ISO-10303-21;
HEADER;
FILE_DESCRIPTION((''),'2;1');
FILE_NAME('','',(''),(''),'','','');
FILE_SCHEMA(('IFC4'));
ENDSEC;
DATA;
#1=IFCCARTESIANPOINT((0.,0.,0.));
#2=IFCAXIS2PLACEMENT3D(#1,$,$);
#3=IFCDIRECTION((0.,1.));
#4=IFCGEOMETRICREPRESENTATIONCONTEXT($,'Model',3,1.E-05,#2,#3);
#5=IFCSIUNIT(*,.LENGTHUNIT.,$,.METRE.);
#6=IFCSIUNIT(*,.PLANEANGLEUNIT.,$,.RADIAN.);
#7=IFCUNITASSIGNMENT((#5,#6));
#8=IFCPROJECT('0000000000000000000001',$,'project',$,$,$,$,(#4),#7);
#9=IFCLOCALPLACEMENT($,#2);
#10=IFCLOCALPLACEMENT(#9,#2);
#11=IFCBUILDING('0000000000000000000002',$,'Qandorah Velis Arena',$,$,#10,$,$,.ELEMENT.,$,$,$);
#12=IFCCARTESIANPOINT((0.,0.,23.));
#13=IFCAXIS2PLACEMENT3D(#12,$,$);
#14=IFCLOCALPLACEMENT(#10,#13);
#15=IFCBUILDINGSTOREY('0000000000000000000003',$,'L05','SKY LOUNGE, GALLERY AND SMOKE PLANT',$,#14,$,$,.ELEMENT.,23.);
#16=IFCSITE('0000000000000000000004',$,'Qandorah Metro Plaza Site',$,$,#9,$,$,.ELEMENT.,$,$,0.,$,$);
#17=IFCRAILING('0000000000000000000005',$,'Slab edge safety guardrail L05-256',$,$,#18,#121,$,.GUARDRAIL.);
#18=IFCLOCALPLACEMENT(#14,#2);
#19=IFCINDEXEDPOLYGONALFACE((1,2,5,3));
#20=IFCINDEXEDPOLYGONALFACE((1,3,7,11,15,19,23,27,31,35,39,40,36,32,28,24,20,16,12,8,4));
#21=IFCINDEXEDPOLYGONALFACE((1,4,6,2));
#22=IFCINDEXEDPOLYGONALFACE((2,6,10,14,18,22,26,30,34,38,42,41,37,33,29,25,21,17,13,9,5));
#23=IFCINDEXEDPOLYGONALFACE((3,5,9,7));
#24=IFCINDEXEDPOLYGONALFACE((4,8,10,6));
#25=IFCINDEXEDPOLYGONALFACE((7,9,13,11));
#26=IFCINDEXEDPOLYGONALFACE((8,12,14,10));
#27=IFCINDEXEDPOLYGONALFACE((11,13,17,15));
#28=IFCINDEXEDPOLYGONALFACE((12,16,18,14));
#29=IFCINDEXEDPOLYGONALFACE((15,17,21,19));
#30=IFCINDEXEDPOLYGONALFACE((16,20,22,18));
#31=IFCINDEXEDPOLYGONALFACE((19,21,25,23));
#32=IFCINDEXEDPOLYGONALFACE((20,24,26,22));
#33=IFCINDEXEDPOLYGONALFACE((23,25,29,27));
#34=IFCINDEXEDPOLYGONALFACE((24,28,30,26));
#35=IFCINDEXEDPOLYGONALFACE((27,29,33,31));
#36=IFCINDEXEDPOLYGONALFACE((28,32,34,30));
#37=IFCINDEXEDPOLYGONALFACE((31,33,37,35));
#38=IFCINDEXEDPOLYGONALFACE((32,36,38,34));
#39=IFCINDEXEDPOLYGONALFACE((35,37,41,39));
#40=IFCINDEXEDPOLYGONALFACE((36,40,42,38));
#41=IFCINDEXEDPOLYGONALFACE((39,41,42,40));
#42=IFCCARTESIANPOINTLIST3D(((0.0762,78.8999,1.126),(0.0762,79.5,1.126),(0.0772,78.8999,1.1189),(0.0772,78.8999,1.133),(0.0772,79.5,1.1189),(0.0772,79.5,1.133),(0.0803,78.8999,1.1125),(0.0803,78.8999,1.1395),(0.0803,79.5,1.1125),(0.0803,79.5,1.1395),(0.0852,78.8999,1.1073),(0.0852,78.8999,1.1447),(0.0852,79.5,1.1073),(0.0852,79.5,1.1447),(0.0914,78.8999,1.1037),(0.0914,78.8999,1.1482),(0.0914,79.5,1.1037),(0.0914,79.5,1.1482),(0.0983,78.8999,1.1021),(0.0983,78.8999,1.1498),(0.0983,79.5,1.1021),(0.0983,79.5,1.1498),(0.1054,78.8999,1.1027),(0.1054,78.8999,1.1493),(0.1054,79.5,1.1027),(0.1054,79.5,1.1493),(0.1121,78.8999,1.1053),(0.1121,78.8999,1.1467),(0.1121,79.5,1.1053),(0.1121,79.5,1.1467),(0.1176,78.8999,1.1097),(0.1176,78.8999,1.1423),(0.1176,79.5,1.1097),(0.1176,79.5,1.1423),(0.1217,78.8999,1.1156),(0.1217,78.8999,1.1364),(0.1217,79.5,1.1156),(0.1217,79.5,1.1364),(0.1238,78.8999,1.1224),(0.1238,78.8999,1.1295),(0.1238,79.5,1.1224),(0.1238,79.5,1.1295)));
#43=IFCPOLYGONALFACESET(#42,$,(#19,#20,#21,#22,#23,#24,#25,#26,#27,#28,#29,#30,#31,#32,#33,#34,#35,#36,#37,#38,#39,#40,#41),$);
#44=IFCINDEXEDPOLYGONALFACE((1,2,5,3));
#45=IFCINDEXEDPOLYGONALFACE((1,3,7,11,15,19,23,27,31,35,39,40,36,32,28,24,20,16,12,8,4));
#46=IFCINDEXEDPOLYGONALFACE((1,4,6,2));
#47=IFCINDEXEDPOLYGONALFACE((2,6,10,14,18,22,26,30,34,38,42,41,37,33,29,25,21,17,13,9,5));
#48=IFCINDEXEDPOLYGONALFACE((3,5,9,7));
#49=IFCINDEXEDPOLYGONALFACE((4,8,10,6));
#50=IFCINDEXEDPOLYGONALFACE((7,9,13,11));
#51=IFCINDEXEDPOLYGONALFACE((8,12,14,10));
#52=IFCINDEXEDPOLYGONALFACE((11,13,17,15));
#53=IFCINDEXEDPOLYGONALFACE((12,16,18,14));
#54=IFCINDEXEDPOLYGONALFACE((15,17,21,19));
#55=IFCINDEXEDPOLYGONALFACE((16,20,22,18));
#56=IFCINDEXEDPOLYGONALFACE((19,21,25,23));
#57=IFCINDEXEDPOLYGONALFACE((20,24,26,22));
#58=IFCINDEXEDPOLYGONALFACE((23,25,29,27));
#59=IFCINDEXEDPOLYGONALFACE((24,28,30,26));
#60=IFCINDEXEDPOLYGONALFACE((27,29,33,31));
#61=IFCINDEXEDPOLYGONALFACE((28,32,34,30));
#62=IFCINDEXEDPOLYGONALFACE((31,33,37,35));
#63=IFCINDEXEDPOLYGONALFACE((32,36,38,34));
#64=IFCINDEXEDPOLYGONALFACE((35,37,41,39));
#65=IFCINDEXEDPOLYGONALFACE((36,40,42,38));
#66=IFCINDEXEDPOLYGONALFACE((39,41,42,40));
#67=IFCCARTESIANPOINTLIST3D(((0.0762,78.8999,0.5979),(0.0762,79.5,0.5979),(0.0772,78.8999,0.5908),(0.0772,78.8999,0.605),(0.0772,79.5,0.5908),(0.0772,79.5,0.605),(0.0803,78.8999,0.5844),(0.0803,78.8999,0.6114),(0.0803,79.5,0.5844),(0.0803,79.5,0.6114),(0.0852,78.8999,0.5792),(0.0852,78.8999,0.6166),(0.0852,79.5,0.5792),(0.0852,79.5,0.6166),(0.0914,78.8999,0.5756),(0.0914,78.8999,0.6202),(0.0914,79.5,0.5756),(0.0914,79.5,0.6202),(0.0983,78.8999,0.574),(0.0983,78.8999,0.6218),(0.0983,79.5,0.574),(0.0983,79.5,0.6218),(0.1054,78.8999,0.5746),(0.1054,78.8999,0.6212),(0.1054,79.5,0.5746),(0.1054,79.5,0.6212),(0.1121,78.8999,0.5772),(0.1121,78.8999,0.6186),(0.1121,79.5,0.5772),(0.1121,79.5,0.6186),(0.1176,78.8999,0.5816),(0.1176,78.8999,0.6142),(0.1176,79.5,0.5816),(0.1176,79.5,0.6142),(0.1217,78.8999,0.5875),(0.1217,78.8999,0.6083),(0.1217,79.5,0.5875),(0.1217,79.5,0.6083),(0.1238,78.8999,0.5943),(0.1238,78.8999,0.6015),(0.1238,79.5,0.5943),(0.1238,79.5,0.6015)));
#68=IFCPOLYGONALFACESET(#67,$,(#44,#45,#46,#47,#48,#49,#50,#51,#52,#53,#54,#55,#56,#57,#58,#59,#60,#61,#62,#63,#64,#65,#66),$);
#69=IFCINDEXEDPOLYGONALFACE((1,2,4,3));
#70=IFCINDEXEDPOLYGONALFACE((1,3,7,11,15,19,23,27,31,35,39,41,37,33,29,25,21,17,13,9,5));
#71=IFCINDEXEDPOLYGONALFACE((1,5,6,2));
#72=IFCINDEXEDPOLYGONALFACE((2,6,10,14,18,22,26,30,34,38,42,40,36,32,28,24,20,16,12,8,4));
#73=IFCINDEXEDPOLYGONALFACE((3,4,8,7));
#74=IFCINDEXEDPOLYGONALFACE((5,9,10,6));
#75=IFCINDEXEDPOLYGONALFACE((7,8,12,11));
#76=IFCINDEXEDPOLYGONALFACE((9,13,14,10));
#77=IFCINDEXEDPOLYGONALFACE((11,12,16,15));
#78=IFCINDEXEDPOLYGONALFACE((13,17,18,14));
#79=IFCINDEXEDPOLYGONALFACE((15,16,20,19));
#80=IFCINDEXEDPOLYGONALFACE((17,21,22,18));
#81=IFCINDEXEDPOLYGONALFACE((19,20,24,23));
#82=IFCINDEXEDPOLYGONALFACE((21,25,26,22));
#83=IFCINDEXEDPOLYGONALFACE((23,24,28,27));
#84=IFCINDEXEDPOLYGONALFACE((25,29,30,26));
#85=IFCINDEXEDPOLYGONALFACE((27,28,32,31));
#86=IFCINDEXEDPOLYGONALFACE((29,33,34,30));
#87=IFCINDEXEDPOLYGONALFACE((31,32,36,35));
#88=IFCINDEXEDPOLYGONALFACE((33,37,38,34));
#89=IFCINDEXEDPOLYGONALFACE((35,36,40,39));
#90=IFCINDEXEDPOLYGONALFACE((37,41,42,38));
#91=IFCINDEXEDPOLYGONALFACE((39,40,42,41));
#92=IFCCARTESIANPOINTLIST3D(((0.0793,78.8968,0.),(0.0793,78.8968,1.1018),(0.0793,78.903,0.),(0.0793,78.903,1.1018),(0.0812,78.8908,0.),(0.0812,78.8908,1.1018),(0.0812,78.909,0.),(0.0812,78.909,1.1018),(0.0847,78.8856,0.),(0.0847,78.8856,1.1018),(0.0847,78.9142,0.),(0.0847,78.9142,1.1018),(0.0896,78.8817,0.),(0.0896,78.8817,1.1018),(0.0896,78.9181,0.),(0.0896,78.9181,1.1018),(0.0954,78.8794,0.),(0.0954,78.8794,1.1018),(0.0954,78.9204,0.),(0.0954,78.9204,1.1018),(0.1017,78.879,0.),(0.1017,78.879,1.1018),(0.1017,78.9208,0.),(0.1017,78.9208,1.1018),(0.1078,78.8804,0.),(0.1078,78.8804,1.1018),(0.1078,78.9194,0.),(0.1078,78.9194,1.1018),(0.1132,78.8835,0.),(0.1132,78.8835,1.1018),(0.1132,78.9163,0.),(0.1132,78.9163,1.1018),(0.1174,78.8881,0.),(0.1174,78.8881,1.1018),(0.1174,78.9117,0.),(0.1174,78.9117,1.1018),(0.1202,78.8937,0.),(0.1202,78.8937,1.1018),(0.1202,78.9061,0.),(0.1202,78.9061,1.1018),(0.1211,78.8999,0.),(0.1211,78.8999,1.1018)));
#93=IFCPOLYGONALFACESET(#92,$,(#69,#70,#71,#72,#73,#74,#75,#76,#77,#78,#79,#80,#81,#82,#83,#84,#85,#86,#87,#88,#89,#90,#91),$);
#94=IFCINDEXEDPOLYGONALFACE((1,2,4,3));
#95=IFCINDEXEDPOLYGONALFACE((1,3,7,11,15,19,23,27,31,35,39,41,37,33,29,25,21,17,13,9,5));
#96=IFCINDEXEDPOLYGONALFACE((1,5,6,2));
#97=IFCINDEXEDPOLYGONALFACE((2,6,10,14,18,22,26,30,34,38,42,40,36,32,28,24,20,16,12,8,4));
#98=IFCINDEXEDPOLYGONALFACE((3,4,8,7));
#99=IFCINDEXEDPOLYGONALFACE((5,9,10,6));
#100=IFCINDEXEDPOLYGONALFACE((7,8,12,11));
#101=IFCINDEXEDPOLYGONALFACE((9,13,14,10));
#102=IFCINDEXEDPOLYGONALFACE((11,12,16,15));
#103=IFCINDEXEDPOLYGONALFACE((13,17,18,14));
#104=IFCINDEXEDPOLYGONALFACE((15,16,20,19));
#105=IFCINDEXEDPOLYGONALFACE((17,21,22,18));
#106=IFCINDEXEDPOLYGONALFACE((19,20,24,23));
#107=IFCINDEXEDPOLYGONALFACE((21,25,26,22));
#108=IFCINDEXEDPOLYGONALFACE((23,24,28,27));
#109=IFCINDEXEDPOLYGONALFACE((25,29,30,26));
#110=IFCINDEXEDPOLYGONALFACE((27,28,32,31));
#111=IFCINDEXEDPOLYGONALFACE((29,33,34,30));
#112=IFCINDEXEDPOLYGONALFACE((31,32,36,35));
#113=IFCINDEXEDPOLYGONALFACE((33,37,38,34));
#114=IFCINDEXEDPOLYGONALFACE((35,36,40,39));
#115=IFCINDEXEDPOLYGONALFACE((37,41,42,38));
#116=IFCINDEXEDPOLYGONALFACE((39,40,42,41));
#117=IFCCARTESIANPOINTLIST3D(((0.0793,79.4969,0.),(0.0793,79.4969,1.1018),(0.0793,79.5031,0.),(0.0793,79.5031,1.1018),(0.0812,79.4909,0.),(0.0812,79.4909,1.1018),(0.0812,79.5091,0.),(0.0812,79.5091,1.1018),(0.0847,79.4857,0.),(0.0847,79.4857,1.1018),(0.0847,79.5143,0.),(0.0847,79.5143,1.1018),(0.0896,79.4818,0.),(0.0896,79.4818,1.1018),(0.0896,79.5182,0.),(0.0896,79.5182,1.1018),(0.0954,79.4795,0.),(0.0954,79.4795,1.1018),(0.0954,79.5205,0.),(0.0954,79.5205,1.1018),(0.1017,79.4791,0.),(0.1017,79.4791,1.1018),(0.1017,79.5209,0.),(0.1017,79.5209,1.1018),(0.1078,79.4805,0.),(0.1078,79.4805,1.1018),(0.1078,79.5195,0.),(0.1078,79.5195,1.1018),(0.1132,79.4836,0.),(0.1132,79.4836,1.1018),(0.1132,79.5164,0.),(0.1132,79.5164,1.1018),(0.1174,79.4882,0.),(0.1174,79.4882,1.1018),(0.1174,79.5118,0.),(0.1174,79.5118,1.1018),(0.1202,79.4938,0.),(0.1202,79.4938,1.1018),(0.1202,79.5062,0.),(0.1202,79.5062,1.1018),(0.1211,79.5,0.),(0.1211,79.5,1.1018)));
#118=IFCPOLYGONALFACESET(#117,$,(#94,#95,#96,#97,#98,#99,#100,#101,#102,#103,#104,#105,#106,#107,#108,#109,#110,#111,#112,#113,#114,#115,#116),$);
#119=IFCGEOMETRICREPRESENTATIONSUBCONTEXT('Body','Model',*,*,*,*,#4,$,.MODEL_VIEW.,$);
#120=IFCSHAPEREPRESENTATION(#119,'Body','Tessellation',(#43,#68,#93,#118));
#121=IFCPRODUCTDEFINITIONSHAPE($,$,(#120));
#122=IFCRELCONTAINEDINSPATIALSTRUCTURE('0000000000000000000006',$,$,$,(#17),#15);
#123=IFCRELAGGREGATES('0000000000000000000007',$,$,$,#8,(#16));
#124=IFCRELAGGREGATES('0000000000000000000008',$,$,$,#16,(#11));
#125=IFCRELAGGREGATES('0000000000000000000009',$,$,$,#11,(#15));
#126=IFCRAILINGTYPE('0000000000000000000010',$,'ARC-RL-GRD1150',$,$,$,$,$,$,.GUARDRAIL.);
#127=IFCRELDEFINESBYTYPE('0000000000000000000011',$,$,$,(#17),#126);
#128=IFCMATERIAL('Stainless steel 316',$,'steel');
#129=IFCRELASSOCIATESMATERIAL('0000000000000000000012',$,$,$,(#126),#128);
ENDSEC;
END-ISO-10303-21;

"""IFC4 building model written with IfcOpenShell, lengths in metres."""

from ifc_helpers import new_model, si_unit, direction, frame, origin, origin_2d, place, context, subcontext, project, spatial, circle, extrude, material, type_object, element, save


model = new_model("IFC4")

# Units and contexts
model_context = context("Model", 3, precision=1e-05, world=origin(), true_north=direction((0.0, 1.0)))
body_context = subcontext(model_context, "Body", "Model", "MODEL_VIEW")
ifc_project = project(units=[si_unit("LENGTHUNIT", "METRE"), si_unit("PLANEANGLEUNIT", "RADIAN")], contexts=[model_context])

# Site, building, storey
site_placement = place(None, origin())
site = spatial("IfcSite", under=ifc_project, at=site_placement, Name="Qandorah Metro Plaza Site", CompositionType="ELEMENT", RefElevation=0.0)
building_placement = place(site_placement, origin())
building = spatial("IfcBuilding", under=site, at=building_placement, Name="Qandorah Velis Arena", CompositionType="ELEMENT")
storey_placement = place(building_placement, frame((0.0, 0.0, 23.0)))
storey = spatial("IfcBuildingStorey", under=building, at=storey_placement, Name="L05", Description="SKY LOUNGE, GALLERY AND SMOKE PLANT", CompositionType="ELEMENT", Elevation=23.0)

# Railing
ifc_material_1 = material(Name="Stainless steel 316", Category="steel")
railing_type = type_object("IfcRailingType", Name="ARC-RL-GRD1150", PredefinedType="GUARDRAIL", material=ifc_material_1)
railing_1_placement = place(storey_placement, frame((0.1001, 78.8999, 0.0)))
element("IfcRailing", 1, at=railing_1_placement, inside=storey, type_object=railing_type, Name="Slab edge safety guardrail L05-256", PredefinedType="GUARDRAIL", context=body_context, shape_type="SweptSolid", body=[
    extrude(circle(Radius=0.0239, at=origin_2d()), frame((0.0, 0.0, 1.126), z_axis=(0.0, 1.0, 0.0), x_axis=(-1.0, 0.0, 0.0)), (0.0, 0.0, 1.0), 0.6001),
    extrude(circle(Radius=0.0239, at=origin_2d()), frame((0.0, 0.0, 0.5979), z_axis=(0.0, 1.0, 0.0), x_axis=(-1.0, 0.0, 0.0)), (0.0, 0.0, 1.0), 0.6001),
    extrude(circle(Radius=0.021, at=origin_2d()), origin(), (0.0, 0.0, 1.0), 1.1018),
    extrude(circle(Radius=0.021, at=origin_2d()), frame((0.0, 0.6001, 0.0)), (0.0, 0.0, 1.0), 1.1018),
])

save(model, "model.ifc")
